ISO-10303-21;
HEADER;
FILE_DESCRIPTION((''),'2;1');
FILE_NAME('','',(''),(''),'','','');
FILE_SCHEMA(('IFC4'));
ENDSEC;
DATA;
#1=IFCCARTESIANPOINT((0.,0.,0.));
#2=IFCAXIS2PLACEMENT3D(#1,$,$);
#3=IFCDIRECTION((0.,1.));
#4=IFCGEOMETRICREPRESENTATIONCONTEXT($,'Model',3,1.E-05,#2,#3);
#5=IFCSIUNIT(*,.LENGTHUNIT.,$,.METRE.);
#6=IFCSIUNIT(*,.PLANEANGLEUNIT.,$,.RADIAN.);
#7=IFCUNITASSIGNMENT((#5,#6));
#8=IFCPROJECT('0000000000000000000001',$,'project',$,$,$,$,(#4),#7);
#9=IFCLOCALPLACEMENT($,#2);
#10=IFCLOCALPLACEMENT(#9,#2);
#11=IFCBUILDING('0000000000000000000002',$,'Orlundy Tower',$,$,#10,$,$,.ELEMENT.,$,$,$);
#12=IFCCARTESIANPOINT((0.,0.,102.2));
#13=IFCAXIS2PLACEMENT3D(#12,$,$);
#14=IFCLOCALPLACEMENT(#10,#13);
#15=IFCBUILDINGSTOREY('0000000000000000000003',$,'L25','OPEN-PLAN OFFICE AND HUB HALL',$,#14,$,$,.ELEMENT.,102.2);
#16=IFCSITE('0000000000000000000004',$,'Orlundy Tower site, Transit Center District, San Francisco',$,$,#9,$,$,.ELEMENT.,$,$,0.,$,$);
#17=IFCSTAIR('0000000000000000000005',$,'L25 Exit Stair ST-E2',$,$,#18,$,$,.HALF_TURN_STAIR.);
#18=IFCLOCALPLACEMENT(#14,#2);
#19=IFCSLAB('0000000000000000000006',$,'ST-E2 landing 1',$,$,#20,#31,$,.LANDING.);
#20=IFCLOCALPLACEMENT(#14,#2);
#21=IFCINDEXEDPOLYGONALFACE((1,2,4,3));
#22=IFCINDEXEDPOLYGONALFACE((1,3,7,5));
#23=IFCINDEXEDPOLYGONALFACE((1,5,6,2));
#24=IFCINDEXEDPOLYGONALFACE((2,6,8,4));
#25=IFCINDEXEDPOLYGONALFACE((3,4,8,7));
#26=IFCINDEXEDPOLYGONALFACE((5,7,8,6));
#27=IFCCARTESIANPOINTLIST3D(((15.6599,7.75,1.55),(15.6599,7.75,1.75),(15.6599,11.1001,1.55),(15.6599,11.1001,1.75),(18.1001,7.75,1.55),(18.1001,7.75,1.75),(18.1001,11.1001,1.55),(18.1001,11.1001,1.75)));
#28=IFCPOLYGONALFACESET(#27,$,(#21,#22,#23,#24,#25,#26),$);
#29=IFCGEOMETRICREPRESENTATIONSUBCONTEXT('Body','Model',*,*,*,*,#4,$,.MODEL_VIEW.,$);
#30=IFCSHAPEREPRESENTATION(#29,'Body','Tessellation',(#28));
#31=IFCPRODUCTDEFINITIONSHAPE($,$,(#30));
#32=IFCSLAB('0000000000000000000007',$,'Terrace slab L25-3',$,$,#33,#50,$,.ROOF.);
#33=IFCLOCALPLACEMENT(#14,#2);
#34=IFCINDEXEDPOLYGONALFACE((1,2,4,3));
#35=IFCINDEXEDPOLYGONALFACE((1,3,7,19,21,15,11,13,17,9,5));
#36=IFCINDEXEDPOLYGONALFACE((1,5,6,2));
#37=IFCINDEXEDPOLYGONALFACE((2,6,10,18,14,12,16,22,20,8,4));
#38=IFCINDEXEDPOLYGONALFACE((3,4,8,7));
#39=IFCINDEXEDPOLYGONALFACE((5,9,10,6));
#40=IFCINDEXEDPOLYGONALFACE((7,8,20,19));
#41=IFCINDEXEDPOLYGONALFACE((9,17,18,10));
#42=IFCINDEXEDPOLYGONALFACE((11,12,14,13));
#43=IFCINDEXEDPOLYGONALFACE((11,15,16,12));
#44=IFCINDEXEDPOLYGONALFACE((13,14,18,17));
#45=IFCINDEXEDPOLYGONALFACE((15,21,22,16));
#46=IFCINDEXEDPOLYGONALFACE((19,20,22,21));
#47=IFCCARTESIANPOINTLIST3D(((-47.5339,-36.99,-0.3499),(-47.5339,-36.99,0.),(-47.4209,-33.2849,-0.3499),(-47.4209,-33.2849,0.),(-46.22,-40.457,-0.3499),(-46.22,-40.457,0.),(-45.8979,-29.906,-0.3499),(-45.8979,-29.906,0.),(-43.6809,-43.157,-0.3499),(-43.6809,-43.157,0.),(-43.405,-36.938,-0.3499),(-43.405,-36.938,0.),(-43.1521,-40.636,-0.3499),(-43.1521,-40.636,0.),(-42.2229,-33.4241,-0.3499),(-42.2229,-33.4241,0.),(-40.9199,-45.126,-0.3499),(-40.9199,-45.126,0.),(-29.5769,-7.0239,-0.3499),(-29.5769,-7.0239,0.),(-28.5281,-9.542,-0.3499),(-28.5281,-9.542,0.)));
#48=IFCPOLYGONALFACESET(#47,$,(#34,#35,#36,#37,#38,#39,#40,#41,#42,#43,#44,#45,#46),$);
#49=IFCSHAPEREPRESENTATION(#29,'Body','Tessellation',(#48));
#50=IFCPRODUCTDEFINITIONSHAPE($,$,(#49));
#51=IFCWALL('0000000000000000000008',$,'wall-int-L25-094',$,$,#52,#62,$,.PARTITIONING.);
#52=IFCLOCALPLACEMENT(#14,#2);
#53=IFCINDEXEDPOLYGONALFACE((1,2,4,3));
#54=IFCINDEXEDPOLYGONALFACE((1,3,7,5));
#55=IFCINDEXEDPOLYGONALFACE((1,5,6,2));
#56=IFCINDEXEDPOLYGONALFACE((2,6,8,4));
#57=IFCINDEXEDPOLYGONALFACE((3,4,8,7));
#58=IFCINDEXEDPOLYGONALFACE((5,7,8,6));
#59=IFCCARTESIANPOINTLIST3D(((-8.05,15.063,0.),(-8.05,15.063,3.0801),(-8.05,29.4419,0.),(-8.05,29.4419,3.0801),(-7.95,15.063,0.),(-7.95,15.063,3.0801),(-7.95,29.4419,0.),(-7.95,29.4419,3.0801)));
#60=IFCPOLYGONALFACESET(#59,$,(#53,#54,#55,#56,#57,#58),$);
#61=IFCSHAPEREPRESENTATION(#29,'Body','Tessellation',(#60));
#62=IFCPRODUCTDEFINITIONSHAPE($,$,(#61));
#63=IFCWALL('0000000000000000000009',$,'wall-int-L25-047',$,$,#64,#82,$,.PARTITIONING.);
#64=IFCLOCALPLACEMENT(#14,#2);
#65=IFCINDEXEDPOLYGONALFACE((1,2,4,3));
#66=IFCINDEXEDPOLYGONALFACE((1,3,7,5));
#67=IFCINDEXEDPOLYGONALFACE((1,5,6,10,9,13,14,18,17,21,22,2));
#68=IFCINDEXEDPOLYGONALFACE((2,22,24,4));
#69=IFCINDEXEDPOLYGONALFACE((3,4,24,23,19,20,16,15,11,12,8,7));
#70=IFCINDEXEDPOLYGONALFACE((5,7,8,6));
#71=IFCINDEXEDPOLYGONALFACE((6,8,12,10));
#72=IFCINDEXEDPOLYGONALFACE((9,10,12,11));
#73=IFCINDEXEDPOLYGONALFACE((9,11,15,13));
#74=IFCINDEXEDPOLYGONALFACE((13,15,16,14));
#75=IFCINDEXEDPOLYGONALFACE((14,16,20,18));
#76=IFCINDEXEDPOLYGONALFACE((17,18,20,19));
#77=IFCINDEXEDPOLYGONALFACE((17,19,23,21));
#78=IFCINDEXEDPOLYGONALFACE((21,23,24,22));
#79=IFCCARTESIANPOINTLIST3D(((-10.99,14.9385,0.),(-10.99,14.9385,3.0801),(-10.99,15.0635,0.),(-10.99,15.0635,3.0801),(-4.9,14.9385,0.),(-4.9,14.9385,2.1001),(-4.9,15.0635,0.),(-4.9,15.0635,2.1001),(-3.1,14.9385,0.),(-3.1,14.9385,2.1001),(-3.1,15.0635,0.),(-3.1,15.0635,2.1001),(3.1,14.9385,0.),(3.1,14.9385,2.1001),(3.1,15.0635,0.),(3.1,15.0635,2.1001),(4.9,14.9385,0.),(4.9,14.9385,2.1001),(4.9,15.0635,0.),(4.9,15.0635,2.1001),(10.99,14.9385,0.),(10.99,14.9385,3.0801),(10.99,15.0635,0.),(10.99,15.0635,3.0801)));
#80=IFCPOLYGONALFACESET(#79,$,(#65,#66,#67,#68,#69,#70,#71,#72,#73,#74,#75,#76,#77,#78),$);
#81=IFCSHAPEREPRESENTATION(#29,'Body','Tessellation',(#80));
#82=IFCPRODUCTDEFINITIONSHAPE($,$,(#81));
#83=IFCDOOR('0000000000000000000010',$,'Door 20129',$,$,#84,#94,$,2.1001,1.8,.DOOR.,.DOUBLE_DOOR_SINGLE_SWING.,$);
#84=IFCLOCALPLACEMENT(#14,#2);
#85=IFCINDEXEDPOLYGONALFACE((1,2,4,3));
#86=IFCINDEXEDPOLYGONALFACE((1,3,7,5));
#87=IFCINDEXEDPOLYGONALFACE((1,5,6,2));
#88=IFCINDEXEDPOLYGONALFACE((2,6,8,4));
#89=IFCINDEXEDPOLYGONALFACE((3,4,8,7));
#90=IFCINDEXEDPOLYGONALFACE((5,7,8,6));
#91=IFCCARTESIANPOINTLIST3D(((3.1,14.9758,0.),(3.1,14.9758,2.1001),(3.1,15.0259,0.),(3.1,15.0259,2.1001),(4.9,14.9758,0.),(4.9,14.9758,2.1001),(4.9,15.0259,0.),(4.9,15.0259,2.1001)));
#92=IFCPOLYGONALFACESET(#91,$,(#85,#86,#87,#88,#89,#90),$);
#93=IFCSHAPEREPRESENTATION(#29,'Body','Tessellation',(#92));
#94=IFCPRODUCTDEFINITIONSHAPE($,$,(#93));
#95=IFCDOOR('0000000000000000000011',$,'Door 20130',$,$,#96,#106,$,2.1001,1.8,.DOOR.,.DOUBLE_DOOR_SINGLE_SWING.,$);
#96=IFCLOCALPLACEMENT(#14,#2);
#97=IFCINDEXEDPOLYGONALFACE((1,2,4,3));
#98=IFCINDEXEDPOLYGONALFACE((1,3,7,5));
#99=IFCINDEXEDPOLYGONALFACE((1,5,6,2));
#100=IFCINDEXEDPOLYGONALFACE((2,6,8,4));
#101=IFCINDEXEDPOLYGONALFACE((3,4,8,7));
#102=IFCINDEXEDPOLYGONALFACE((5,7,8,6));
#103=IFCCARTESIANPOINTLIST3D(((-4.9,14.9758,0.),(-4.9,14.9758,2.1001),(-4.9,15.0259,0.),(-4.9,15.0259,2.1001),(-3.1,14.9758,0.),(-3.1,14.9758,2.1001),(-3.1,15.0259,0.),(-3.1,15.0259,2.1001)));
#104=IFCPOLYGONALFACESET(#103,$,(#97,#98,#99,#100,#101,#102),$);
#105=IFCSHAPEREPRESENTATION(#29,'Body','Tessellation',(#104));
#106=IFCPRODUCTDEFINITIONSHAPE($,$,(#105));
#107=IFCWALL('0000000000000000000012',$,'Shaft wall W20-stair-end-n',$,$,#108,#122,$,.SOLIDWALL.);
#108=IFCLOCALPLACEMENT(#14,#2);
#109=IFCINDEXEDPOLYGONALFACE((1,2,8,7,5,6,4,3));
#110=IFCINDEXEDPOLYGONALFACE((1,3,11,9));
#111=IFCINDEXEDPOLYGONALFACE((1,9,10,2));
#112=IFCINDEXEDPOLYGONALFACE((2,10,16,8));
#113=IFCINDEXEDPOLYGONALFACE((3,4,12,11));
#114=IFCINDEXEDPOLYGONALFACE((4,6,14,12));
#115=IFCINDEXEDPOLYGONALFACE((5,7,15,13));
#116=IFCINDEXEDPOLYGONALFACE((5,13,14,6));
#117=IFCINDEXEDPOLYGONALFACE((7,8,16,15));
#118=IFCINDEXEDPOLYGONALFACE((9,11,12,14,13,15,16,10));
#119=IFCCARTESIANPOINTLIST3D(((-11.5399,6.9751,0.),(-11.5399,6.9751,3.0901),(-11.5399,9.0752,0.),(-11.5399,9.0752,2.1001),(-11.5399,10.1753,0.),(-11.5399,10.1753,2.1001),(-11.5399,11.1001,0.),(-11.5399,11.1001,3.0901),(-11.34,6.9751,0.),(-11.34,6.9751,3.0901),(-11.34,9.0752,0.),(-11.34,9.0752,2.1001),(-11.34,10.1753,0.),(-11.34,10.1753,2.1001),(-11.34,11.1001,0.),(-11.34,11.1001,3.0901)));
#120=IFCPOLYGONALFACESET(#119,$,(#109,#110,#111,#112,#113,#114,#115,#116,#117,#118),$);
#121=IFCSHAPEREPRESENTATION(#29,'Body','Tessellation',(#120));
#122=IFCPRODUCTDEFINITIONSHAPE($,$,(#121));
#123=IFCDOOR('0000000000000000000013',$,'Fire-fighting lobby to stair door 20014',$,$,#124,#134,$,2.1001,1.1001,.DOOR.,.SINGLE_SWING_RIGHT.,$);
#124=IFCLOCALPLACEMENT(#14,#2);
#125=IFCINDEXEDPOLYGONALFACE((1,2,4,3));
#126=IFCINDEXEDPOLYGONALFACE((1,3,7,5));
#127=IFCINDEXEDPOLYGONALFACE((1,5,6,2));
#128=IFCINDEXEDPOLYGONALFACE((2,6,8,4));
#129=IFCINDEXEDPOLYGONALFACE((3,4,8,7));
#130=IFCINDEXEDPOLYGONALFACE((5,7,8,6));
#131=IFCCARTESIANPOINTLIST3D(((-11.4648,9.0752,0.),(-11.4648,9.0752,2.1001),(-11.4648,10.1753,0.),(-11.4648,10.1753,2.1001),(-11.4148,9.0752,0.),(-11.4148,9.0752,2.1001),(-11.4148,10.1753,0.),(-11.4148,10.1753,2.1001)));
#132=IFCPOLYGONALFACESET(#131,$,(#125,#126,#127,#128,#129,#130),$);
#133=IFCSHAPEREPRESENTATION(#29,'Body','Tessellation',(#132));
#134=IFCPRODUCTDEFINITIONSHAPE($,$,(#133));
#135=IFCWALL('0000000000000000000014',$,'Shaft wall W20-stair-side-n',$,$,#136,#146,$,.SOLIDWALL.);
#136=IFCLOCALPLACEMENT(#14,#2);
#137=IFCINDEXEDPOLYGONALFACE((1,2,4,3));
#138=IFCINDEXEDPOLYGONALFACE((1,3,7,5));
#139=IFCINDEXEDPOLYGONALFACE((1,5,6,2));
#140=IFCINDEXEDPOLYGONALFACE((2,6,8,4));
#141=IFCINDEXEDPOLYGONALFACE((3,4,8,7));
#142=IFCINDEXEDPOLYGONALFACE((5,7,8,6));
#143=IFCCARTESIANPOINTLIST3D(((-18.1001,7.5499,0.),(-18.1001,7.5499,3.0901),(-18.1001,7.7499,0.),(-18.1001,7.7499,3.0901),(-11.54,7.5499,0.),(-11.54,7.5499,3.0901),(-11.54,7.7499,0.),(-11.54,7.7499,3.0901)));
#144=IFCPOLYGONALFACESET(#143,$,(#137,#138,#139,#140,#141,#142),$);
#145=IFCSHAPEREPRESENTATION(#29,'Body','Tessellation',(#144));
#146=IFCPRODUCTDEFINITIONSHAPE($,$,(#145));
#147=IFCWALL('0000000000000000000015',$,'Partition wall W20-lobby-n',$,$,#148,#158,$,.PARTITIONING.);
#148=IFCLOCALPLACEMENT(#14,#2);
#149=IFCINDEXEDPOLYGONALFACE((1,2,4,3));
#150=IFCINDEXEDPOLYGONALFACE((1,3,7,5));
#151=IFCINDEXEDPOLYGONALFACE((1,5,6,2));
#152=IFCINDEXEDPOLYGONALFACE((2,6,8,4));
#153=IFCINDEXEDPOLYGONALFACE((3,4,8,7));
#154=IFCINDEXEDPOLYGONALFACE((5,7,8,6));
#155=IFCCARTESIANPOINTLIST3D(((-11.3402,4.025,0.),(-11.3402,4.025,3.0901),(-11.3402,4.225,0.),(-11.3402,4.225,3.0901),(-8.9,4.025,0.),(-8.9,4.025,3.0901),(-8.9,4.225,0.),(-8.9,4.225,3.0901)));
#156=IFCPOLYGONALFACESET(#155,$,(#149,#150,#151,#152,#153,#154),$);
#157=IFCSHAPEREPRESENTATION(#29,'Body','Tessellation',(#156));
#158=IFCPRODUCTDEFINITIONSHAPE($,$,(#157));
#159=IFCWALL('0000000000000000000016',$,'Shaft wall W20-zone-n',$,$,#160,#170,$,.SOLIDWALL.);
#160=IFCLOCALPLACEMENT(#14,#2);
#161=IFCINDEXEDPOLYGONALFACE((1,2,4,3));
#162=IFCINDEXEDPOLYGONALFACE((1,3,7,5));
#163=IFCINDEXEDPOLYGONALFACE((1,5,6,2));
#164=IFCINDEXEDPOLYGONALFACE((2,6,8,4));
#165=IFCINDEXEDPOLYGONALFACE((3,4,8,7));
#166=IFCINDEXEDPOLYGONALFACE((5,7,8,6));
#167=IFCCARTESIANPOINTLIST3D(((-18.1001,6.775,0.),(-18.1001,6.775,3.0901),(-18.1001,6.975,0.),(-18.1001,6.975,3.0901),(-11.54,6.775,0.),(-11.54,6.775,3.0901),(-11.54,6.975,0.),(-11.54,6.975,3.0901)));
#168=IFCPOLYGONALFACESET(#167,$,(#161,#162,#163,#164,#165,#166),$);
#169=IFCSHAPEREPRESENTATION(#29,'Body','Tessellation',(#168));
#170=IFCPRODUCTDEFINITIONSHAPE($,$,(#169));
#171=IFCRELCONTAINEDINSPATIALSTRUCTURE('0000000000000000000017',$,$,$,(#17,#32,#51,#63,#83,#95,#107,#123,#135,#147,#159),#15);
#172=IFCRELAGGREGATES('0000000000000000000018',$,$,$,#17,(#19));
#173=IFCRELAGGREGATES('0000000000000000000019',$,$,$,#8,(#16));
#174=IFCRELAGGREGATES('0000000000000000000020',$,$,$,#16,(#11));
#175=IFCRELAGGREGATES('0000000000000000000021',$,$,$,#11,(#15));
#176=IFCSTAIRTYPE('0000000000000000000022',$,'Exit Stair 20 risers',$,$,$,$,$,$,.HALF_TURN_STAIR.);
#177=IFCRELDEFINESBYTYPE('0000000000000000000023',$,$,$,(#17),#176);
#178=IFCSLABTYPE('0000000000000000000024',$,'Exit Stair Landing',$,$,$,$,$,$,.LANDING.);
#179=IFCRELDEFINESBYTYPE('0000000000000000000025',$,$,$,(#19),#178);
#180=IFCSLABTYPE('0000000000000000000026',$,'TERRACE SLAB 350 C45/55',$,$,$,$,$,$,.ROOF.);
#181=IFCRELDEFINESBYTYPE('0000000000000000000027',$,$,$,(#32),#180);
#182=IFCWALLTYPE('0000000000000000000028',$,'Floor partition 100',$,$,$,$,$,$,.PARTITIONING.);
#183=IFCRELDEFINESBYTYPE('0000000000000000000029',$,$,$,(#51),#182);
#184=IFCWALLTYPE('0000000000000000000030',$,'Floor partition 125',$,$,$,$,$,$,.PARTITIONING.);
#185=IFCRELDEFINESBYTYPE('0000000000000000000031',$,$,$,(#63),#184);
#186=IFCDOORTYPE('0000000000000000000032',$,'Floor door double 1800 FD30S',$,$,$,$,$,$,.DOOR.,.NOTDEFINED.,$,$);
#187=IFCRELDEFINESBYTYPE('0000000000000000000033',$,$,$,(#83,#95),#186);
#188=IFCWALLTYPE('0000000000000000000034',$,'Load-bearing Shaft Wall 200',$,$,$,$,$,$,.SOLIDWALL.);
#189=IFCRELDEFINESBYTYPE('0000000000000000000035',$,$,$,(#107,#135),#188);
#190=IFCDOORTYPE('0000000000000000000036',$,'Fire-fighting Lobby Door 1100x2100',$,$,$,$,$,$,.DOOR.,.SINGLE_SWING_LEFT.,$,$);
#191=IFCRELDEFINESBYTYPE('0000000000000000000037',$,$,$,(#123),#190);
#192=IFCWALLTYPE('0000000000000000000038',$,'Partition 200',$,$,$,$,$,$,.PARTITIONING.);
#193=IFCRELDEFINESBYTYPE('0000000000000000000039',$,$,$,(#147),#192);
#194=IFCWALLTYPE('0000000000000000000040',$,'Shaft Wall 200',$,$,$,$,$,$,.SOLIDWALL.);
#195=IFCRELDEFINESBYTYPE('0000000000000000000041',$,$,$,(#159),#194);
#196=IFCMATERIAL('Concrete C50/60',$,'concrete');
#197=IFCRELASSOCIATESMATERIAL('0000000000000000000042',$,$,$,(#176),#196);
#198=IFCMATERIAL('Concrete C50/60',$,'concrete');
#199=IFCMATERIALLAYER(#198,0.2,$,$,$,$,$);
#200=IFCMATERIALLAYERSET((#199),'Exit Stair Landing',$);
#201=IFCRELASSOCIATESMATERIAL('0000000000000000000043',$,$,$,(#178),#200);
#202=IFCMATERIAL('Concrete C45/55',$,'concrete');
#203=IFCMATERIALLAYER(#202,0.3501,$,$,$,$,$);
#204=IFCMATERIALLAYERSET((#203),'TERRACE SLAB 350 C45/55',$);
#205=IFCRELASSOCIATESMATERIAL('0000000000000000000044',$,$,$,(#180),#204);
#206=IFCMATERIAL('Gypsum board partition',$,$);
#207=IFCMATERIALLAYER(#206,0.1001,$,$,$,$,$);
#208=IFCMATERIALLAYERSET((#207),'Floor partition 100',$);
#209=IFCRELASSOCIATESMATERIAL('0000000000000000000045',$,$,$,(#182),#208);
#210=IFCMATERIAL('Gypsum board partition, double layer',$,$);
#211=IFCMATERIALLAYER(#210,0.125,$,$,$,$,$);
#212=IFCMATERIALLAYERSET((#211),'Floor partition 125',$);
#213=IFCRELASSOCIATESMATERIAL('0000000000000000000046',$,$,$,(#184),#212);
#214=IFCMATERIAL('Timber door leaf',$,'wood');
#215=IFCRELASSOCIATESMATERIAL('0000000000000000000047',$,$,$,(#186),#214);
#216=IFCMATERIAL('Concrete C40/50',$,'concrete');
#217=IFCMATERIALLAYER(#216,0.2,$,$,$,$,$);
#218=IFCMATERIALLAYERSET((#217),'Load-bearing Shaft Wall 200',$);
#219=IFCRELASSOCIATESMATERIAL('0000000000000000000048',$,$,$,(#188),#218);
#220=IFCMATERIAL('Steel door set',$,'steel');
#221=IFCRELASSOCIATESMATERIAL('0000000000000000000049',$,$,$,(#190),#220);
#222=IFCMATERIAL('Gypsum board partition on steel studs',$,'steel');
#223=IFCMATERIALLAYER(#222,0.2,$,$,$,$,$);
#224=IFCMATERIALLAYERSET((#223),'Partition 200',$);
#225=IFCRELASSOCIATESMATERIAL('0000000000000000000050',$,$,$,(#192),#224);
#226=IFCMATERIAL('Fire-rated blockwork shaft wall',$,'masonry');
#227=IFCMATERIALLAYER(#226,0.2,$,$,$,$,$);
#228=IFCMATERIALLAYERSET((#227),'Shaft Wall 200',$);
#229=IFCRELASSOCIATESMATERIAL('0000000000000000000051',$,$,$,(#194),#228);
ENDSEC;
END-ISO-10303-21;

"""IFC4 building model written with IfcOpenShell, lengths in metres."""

from ifc_helpers import new_model, si_unit, direction, frame, frame_2d, origin, place, context, subcontext, project, spatial, polyline, rectangle, outline, extrude, material, layer, layer_set, type_object, element, fill, aggregate, save


model = new_model("IFC4")

# Units and contexts
model_context = context("Model", 3, precision=1e-05, world=origin(), true_north=direction((0.0, 1.0)))
body_context = subcontext(model_context, "Body", "Model", "MODEL_VIEW")
ifc_project = project(units=[si_unit("LENGTHUNIT", "METRE"), si_unit("PLANEANGLEUNIT", "RADIAN")], contexts=[model_context])

# Site, building, storey
site_placement = place(None, origin())
site = spatial("IfcSite", under=ifc_project, at=site_placement, Name="Orlundy Tower site, Transit Center District, San Francisco", CompositionType="ELEMENT", RefElevation=0.0)
building_placement = place(site_placement, origin())
building = spatial("IfcBuilding", under=site, at=building_placement, Name="Orlundy Tower", CompositionType="ELEMENT")
storey_placement = place(building_placement, frame((0.0, 0.0, 102.2)))
storey = spatial("IfcBuildingStorey", under=building, at=storey_placement, Name="L25", Description="OPEN-PLAN OFFICE AND HUB HALL", CompositionType="ELEMENT", Elevation=102.2)

# Stair, slab
ifc_material_1 = material(Name="Concrete C50/60", Category="concrete")
stair_type = type_object("IfcStairType", Name="Exit Stair 20 risers", PredefinedType="HALF_TURN_STAIR", material=ifc_material_1)
ifc_material_2 = material(Name="Concrete C50/60", Category="concrete")
ifc_layer_1 = layer(ifc_material_2, 0.2)
ifc_layer_set_1 = layer_set([ifc_layer_1], Name="Exit Stair Landing")
slab_type_1 = type_object("IfcSlabType", Name="Exit Stair Landing", PredefinedType="LANDING", material=ifc_layer_set_1)
stair_1_placement = place(storey_placement, origin())
stair_1 = element("IfcStair", 1, at=stair_1_placement, inside=storey, type_object=stair_type, Name="L25 Exit Stair ST-E2", PredefinedType="HALF_TURN_STAIR")
slab_1_placement = place(storey_placement, frame((0.0, 0.0, 1.55)))
slab_1 = element("IfcSlab", 2, at=slab_1_placement, type_object=slab_type_1, Name="ST-E2 landing 1", PredefinedType="LANDING", context=body_context, shape_type="SweptSolid", body=[
    extrude(outline(polyline([(15.6599, 7.75), (18.1001, 7.75), (18.1001, 11.1001), (15.6599, 11.1001), (15.6599, 7.75)])), origin(), (0.0, 0.0, 1.0), 0.2),
])
aggregate(stair_1, [slab_1])

# Slab
ifc_material_3 = material(Name="Concrete C45/55", Category="concrete")
ifc_layer_2 = layer(ifc_material_3, 0.3501)
ifc_layer_set_2 = layer_set([ifc_layer_2], Name="TERRACE SLAB 350 C45/55")
slab_type_2 = type_object("IfcSlabType", Name="TERRACE SLAB 350 C45/55", PredefinedType="ROOF", material=ifc_layer_set_2)
slab_2_placement = place(storey_placement, frame((0.0, 0.0, -0.3499)))
element("IfcSlab", 3, at=slab_2_placement, inside=storey, type_object=slab_type_2, Name="Terrace slab L25-3", PredefinedType="ROOF", context=body_context, shape_type="SweptSolid", body=[
    extrude(outline(polyline([(-40.9199, -45.126), (-43.6809, -43.157), (-46.22, -40.457), (-47.5339, -36.99), (-47.4209, -33.2849), (-45.8979, -29.906), (-29.5769, -7.0239), (-28.5281, -9.542), (-42.2229, -33.4241), (-43.405, -36.938), (-43.1521, -40.636), (-40.9199, -45.126)])), origin(), (0.0, 0.0, 1.0), 0.3499),
])

# Wall
ifc_material_4 = material(Name="Gypsum board partition")
ifc_layer_3 = layer(ifc_material_4, 0.1001)
ifc_layer_set_3 = layer_set([ifc_layer_3], Name="Floor partition 100")
wall_type_1 = type_object("IfcWallType", Name="Floor partition 100", PredefinedType="PARTITIONING", material=ifc_layer_set_3)
wall_1_placement = place(storey_placement, frame((-8.0, 15.063, 0.0), z_axis=(0.0, 0.0, 1.0), x_axis=(0.0, 1.0, 0.0)))
element("IfcWall", 4, at=wall_1_placement, inside=storey, type_object=wall_type_1, Name="wall-int-L25-094", PredefinedType="PARTITIONING", context=body_context, shape_type="SweptSolid", body=[
    extrude(rectangle(XDim=14.3789, YDim=0.1001, at=frame_2d((7.1895, 0.0))), origin(), (0.0, 0.0, 1.0), 3.0801),
])

# Wall, openings, doors
ifc_material_5 = material(Name="Gypsum board partition, double layer")
ifc_layer_4 = layer(ifc_material_5, 0.125)
ifc_layer_set_4 = layer_set([ifc_layer_4], Name="Floor partition 125")
wall_type_2 = type_object("IfcWallType", Name="Floor partition 125", PredefinedType="PARTITIONING", material=ifc_layer_set_4)
wall_2_placement = place(storey_placement, frame((-10.99, 15.001, 0.0), z_axis=(0.0, 0.0, 1.0), x_axis=(1.0, 0.0, 0.0)))
wall_2 = element("IfcWall", 5, at=wall_2_placement, inside=storey, type_object=wall_type_2, Name="wall-int-L25-047", PredefinedType="PARTITIONING", context=body_context, shape_type="SweptSolid", body=[
    extrude(rectangle(XDim=21.98, YDim=0.125, at=frame_2d((10.99, 0.0))), origin(), (0.0, 0.0, 1.0), 3.0801),
])
opening_1_placement = place(wall_2_placement, frame((14.0901, 0.0, 0.0)))
opening_1 = element("IfcOpeningElement", 6, at=opening_1_placement, cuts=wall_2, PredefinedType="OPENING", context=body_context, shape_type="SweptSolid", body=[
    extrude(rectangle(XDim=1.8, YDim=2.1001, at=frame_2d((0.8999, 1.05))), frame((0.0, 0.0725, 0.0), z_axis=(0.0, -1.0, 0.0), x_axis=(1.0, 0.0, 0.0)), (0.0, 0.0, 1.0), 0.145),
])
opening_2_placement = place(wall_2_placement, frame((6.0901, 0.0, 0.0)))
opening_2 = element("IfcOpeningElement", 7, at=opening_2_placement, cuts=wall_2, PredefinedType="OPENING", context=body_context, shape_type="SweptSolid", body=[
    extrude(rectangle(XDim=1.8, YDim=2.1001, at=frame_2d((0.8999, 1.05))), frame((0.0, 0.0725, 0.0), z_axis=(0.0, -1.0, 0.0), x_axis=(1.0, 0.0, 0.0)), (0.0, 0.0, 1.0), 0.145),
])
ifc_material_6 = material(Name="Timber door leaf", Category="wood")
door_type_1 = type_object("IfcDoorType", Name="Floor door double 1800 FD30S", OperationType="NOTDEFINED", PredefinedType="DOOR", material=ifc_material_6)
door_1_placement = place(opening_1_placement, origin())
door_1 = element("IfcDoor", 8, at=door_1_placement, inside=storey, type_object=door_type_1, Name="Door 20129", OperationType="DOUBLE_DOOR_SINGLE_SWING", OverallHeight=2.1001, OverallWidth=1.8, PredefinedType="DOOR", context=body_context, shape_type="SweptSolid", body=[
    extrude(rectangle(XDim=1.8, YDim=2.1001, at=frame_2d((0.8999, 1.05))), frame((0.0, 0.0249, 0.0), z_axis=(0.0, -1.0, 0.0), x_axis=(1.0, 0.0, 0.0)), (0.0, 0.0, 1.0), 0.05),
])
fill(opening_1, door_1)
door_2_placement = place(opening_2_placement, origin())
door_2 = element("IfcDoor", 9, at=door_2_placement, inside=storey, type_object=door_type_1, Name="Door 20130", OperationType="DOUBLE_DOOR_SINGLE_SWING", OverallHeight=2.1001, OverallWidth=1.8, PredefinedType="DOOR", context=body_context, shape_type="SweptSolid", body=[
    extrude(rectangle(XDim=1.8, YDim=2.1001, at=frame_2d((0.8999, 1.05))), frame((0.0, 0.0249, 0.0), z_axis=(0.0, -1.0, 0.0), x_axis=(1.0, 0.0, 0.0)), (0.0, 0.0, 1.0), 0.05),
])
fill(opening_2, door_2)

# Wall, opening, door
ifc_material_7 = material(Name="Concrete C40/50", Category="concrete")
ifc_layer_5 = layer(ifc_material_7, 0.2)
ifc_layer_set_5 = layer_set([ifc_layer_5], Name="Load-bearing Shaft Wall 200")
wall_type_3 = type_object("IfcWallType", Name="Load-bearing Shaft Wall 200", PredefinedType="SOLIDWALL", material=ifc_layer_set_5)
wall_3_placement = place(storey_placement, frame((-11.4399, 6.9751, 0.0), z_axis=(0.0, 0.0, 1.0), x_axis=(0.0, 1.0, 0.0)))
wall_3 = element("IfcWall", 10, at=wall_3_placement, inside=storey, type_object=wall_type_3, Name="Shaft wall W20-stair-end-n", PredefinedType="SOLIDWALL", context=body_context, shape_type="SweptSolid", body=[
    extrude(rectangle(XDim=4.125, YDim=0.2, at=frame_2d((2.0625, 0.0))), origin(), (0.0, 0.0, 1.0), 3.0901),
])
opening_3_placement = place(wall_3_placement, frame((2.1001, 0.0, 0.0)))
opening_3 = element("IfcOpeningElement", 11, at=opening_3_placement, cuts=wall_3, PredefinedType="OPENING", context=body_context, shape_type="SweptSolid", body=[
    extrude(rectangle(XDim=1.1001, YDim=2.1001, at=frame_2d((0.55, 1.05))), frame((0.0, 0.1101, 0.0), z_axis=(0.0, -1.0, 0.0), x_axis=(1.0, 0.0, 0.0)), (0.0, 0.0, 1.0), 0.2202),
])
ifc_material_8 = material(Name="Steel door set", Category="steel")
door_type_2 = type_object("IfcDoorType", Name="Fire-fighting Lobby Door 1100x2100", OperationType="SINGLE_SWING_LEFT", PredefinedType="DOOR", material=ifc_material_8)
door_3_placement = place(opening_3_placement, origin())
door_3 = element("IfcDoor", 12, at=door_3_placement, inside=storey, type_object=door_type_2, Name="Fire-fighting lobby to stair door 20014", OperationType="SINGLE_SWING_RIGHT", OverallHeight=2.1001, OverallWidth=1.1001, PredefinedType="DOOR", context=body_context, shape_type="SweptSolid", body=[
    extrude(rectangle(XDim=1.1001, YDim=2.1001, at=frame_2d((0.55, 1.05))), frame((0.0, 0.0249, 0.0), z_axis=(0.0, -1.0, 0.0), x_axis=(1.0, 0.0, 0.0)), (0.0, 0.0, 1.0), 0.05),
])
fill(opening_3, door_3)

# Walls
wall_4_placement = place(storey_placement, frame((-11.54, 7.6499, 0.0), z_axis=(0.0, 0.0, 1.0), x_axis=(-1.0, 0.0, 0.0)))
element("IfcWall", 13, at=wall_4_placement, inside=storey, type_object=wall_type_3, Name="Shaft wall W20-stair-side-n", PredefinedType="SOLIDWALL", context=body_context, shape_type="SweptSolid", body=[
    extrude(rectangle(XDim=6.5601, YDim=0.2, at=frame_2d((3.28, 0.0))), origin(), (0.0, 0.0, 1.0), 3.0901),
])
ifc_material_9 = material(Name="Gypsum board partition on steel studs", Category="steel")
ifc_layer_6 = layer(ifc_material_9, 0.2)
ifc_layer_set_6 = layer_set([ifc_layer_6], Name="Partition 200")
wall_type_4 = type_object("IfcWallType", Name="Partition 200", PredefinedType="PARTITIONING", material=ifc_layer_set_6)
wall_5_placement = place(storey_placement, frame((-8.8999, 4.125, 0.0), z_axis=(0.0, 0.0, 1.0), x_axis=(-1.0, 0.0, 0.0)))
element("IfcWall", 14, at=wall_5_placement, inside=storey, type_object=wall_type_4, Name="Partition wall W20-lobby-n", PredefinedType="PARTITIONING", context=body_context, shape_type="SweptSolid", body=[
    extrude(rectangle(XDim=2.4402, YDim=0.2, at=frame_2d((1.2202, 0.0))), origin(), (0.0, 0.0, 1.0), 3.0901),
])
ifc_material_10 = material(Name="Fire-rated blockwork shaft wall", Category="masonry")
ifc_layer_7 = layer(ifc_material_10, 0.2)
ifc_layer_set_7 = layer_set([ifc_layer_7], Name="Shaft Wall 200")
wall_type_5 = type_object("IfcWallType", Name="Shaft Wall 200", PredefinedType="SOLIDWALL", material=ifc_layer_set_7)
wall_6_placement = place(storey_placement, frame((-11.54, 6.875, 0.0), z_axis=(0.0, 0.0, 1.0), x_axis=(-1.0, 0.0, 0.0)))
element("IfcWall", 15, at=wall_6_placement, inside=storey, type_object=wall_type_5, Name="Shaft wall W20-zone-n", PredefinedType="SOLIDWALL", context=body_context, shape_type="SweptSolid", body=[
    extrude(rectangle(XDim=6.5601, YDim=0.2, at=frame_2d((3.28, 0.0))), origin(), (0.0, 0.0, 1.0), 3.0901),
])

save(model, "model.ifc")
